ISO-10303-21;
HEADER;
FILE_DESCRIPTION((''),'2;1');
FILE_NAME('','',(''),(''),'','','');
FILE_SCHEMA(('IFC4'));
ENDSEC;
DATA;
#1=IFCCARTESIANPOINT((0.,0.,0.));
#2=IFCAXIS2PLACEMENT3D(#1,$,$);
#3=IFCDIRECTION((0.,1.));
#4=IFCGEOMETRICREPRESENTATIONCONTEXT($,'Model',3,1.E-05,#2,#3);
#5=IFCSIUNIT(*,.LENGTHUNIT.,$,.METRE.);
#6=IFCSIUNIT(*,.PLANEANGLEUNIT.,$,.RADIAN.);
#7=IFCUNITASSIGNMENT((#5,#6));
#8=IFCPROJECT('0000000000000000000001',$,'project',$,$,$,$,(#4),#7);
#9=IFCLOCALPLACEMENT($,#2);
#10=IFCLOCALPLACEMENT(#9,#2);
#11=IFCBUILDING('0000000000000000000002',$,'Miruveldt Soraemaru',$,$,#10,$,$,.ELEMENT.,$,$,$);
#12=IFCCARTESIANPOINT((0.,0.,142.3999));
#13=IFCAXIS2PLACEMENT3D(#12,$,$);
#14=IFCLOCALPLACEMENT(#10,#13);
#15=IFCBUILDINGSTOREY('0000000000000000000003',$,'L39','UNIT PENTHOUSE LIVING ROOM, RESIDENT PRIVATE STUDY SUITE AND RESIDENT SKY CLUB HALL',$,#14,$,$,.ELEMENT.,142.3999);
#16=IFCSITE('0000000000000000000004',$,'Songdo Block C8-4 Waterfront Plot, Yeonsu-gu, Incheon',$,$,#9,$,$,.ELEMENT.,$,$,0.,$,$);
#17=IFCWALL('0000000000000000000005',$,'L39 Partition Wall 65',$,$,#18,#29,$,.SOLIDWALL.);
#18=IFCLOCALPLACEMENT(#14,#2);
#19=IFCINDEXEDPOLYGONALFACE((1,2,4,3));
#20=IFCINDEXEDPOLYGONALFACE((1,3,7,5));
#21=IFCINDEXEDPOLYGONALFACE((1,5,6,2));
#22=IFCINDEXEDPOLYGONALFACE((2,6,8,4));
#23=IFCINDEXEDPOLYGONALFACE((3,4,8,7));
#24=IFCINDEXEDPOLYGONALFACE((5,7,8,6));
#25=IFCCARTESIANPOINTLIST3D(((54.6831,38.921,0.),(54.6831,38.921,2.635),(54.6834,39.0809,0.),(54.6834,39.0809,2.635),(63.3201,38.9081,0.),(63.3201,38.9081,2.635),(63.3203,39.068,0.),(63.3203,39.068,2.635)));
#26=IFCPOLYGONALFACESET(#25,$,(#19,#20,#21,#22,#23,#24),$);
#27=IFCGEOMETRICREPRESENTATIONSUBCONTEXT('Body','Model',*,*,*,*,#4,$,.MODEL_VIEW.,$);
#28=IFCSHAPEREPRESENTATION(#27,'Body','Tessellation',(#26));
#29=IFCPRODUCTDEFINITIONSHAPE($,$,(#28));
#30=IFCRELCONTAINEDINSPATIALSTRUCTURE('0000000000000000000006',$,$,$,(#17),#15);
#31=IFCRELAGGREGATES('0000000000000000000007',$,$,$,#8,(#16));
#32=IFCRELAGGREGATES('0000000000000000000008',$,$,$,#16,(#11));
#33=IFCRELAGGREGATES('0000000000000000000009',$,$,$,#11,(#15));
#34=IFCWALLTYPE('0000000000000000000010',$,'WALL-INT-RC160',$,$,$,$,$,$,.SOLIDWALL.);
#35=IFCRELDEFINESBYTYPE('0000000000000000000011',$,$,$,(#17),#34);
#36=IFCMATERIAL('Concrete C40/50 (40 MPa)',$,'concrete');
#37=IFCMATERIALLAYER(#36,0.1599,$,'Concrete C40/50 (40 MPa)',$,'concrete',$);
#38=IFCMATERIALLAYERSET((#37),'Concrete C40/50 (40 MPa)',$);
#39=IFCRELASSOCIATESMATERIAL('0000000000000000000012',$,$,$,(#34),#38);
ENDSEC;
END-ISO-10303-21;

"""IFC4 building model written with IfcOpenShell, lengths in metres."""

from ifc_helpers import new_model, si_unit, direction, frame, frame_2d, origin, place, context, subcontext, project, spatial, rectangle, extrude, material, layer, layer_set, type_object, element, save


model = new_model("IFC4")

# Units and contexts
model_context = context("Model", 3, precision=1e-05, world=origin(), true_north=direction((0.0, 1.0)))
body_context = subcontext(model_context, "Body", "Model", "MODEL_VIEW")
ifc_project = project(units=[si_unit("LENGTHUNIT", "METRE"), si_unit("PLANEANGLEUNIT", "RADIAN")], contexts=[model_context])

# Site, building, storey
site_placement = place(None, origin())
site = spatial("IfcSite", under=ifc_project, at=site_placement, Name="Songdo Block C8-4 Waterfront Plot, Yeonsu-gu, Incheon", CompositionType="ELEMENT", RefElevation=0.0)
building_placement = place(site_placement, origin())
building = spatial("IfcBuilding", under=site, at=building_placement, Name="Miruveldt Soraemaru", CompositionType="ELEMENT")
storey_placement = place(building_placement, frame((0.0, 0.0, 142.3999)))
storey = spatial("IfcBuildingStorey", under=building, at=storey_placement, Name="L39", Description="UNIT PENTHOUSE LIVING ROOM, RESIDENT PRIVATE STUDY SUITE AND RESIDENT SKY CLUB HALL", CompositionType="ELEMENT", Elevation=142.3999)

# Wall
ifc_material_1 = material(Name="Concrete C40/50 (40 MPa)", Category="concrete")
ifc_layer_1 = layer(ifc_material_1, 0.1599, Name="Concrete C40/50 (40 MPa)", Category="concrete")
ifc_layer_set_1 = layer_set([ifc_layer_1], Name="Concrete C40/50 (40 MPa)")
wall_type_1 = type_object("IfcWallType", Name="WALL-INT-RC160", PredefinedType="SOLIDWALL", material=ifc_layer_set_1)
wall_1_placement = place(storey_placement, frame((63.3201, 38.988, 0.0), z_axis=(0.0, 0.0, 1.0), x_axis=(-0.999999, 0.001498, 0.0)))
element("IfcWall", 1, at=wall_1_placement, inside=storey, type_object=wall_type_1, Name="L39 Partition Wall 65", PredefinedType="SOLIDWALL", context=body_context, shape_type="SweptSolid", body=[
    extrude(rectangle(XDim=8.637, YDim=0.1599, at=frame_2d((4.3184, 0.0))), origin(), (0.0, 0.0, 1.0), 2.635),
])

save(model, "model.ifc")
